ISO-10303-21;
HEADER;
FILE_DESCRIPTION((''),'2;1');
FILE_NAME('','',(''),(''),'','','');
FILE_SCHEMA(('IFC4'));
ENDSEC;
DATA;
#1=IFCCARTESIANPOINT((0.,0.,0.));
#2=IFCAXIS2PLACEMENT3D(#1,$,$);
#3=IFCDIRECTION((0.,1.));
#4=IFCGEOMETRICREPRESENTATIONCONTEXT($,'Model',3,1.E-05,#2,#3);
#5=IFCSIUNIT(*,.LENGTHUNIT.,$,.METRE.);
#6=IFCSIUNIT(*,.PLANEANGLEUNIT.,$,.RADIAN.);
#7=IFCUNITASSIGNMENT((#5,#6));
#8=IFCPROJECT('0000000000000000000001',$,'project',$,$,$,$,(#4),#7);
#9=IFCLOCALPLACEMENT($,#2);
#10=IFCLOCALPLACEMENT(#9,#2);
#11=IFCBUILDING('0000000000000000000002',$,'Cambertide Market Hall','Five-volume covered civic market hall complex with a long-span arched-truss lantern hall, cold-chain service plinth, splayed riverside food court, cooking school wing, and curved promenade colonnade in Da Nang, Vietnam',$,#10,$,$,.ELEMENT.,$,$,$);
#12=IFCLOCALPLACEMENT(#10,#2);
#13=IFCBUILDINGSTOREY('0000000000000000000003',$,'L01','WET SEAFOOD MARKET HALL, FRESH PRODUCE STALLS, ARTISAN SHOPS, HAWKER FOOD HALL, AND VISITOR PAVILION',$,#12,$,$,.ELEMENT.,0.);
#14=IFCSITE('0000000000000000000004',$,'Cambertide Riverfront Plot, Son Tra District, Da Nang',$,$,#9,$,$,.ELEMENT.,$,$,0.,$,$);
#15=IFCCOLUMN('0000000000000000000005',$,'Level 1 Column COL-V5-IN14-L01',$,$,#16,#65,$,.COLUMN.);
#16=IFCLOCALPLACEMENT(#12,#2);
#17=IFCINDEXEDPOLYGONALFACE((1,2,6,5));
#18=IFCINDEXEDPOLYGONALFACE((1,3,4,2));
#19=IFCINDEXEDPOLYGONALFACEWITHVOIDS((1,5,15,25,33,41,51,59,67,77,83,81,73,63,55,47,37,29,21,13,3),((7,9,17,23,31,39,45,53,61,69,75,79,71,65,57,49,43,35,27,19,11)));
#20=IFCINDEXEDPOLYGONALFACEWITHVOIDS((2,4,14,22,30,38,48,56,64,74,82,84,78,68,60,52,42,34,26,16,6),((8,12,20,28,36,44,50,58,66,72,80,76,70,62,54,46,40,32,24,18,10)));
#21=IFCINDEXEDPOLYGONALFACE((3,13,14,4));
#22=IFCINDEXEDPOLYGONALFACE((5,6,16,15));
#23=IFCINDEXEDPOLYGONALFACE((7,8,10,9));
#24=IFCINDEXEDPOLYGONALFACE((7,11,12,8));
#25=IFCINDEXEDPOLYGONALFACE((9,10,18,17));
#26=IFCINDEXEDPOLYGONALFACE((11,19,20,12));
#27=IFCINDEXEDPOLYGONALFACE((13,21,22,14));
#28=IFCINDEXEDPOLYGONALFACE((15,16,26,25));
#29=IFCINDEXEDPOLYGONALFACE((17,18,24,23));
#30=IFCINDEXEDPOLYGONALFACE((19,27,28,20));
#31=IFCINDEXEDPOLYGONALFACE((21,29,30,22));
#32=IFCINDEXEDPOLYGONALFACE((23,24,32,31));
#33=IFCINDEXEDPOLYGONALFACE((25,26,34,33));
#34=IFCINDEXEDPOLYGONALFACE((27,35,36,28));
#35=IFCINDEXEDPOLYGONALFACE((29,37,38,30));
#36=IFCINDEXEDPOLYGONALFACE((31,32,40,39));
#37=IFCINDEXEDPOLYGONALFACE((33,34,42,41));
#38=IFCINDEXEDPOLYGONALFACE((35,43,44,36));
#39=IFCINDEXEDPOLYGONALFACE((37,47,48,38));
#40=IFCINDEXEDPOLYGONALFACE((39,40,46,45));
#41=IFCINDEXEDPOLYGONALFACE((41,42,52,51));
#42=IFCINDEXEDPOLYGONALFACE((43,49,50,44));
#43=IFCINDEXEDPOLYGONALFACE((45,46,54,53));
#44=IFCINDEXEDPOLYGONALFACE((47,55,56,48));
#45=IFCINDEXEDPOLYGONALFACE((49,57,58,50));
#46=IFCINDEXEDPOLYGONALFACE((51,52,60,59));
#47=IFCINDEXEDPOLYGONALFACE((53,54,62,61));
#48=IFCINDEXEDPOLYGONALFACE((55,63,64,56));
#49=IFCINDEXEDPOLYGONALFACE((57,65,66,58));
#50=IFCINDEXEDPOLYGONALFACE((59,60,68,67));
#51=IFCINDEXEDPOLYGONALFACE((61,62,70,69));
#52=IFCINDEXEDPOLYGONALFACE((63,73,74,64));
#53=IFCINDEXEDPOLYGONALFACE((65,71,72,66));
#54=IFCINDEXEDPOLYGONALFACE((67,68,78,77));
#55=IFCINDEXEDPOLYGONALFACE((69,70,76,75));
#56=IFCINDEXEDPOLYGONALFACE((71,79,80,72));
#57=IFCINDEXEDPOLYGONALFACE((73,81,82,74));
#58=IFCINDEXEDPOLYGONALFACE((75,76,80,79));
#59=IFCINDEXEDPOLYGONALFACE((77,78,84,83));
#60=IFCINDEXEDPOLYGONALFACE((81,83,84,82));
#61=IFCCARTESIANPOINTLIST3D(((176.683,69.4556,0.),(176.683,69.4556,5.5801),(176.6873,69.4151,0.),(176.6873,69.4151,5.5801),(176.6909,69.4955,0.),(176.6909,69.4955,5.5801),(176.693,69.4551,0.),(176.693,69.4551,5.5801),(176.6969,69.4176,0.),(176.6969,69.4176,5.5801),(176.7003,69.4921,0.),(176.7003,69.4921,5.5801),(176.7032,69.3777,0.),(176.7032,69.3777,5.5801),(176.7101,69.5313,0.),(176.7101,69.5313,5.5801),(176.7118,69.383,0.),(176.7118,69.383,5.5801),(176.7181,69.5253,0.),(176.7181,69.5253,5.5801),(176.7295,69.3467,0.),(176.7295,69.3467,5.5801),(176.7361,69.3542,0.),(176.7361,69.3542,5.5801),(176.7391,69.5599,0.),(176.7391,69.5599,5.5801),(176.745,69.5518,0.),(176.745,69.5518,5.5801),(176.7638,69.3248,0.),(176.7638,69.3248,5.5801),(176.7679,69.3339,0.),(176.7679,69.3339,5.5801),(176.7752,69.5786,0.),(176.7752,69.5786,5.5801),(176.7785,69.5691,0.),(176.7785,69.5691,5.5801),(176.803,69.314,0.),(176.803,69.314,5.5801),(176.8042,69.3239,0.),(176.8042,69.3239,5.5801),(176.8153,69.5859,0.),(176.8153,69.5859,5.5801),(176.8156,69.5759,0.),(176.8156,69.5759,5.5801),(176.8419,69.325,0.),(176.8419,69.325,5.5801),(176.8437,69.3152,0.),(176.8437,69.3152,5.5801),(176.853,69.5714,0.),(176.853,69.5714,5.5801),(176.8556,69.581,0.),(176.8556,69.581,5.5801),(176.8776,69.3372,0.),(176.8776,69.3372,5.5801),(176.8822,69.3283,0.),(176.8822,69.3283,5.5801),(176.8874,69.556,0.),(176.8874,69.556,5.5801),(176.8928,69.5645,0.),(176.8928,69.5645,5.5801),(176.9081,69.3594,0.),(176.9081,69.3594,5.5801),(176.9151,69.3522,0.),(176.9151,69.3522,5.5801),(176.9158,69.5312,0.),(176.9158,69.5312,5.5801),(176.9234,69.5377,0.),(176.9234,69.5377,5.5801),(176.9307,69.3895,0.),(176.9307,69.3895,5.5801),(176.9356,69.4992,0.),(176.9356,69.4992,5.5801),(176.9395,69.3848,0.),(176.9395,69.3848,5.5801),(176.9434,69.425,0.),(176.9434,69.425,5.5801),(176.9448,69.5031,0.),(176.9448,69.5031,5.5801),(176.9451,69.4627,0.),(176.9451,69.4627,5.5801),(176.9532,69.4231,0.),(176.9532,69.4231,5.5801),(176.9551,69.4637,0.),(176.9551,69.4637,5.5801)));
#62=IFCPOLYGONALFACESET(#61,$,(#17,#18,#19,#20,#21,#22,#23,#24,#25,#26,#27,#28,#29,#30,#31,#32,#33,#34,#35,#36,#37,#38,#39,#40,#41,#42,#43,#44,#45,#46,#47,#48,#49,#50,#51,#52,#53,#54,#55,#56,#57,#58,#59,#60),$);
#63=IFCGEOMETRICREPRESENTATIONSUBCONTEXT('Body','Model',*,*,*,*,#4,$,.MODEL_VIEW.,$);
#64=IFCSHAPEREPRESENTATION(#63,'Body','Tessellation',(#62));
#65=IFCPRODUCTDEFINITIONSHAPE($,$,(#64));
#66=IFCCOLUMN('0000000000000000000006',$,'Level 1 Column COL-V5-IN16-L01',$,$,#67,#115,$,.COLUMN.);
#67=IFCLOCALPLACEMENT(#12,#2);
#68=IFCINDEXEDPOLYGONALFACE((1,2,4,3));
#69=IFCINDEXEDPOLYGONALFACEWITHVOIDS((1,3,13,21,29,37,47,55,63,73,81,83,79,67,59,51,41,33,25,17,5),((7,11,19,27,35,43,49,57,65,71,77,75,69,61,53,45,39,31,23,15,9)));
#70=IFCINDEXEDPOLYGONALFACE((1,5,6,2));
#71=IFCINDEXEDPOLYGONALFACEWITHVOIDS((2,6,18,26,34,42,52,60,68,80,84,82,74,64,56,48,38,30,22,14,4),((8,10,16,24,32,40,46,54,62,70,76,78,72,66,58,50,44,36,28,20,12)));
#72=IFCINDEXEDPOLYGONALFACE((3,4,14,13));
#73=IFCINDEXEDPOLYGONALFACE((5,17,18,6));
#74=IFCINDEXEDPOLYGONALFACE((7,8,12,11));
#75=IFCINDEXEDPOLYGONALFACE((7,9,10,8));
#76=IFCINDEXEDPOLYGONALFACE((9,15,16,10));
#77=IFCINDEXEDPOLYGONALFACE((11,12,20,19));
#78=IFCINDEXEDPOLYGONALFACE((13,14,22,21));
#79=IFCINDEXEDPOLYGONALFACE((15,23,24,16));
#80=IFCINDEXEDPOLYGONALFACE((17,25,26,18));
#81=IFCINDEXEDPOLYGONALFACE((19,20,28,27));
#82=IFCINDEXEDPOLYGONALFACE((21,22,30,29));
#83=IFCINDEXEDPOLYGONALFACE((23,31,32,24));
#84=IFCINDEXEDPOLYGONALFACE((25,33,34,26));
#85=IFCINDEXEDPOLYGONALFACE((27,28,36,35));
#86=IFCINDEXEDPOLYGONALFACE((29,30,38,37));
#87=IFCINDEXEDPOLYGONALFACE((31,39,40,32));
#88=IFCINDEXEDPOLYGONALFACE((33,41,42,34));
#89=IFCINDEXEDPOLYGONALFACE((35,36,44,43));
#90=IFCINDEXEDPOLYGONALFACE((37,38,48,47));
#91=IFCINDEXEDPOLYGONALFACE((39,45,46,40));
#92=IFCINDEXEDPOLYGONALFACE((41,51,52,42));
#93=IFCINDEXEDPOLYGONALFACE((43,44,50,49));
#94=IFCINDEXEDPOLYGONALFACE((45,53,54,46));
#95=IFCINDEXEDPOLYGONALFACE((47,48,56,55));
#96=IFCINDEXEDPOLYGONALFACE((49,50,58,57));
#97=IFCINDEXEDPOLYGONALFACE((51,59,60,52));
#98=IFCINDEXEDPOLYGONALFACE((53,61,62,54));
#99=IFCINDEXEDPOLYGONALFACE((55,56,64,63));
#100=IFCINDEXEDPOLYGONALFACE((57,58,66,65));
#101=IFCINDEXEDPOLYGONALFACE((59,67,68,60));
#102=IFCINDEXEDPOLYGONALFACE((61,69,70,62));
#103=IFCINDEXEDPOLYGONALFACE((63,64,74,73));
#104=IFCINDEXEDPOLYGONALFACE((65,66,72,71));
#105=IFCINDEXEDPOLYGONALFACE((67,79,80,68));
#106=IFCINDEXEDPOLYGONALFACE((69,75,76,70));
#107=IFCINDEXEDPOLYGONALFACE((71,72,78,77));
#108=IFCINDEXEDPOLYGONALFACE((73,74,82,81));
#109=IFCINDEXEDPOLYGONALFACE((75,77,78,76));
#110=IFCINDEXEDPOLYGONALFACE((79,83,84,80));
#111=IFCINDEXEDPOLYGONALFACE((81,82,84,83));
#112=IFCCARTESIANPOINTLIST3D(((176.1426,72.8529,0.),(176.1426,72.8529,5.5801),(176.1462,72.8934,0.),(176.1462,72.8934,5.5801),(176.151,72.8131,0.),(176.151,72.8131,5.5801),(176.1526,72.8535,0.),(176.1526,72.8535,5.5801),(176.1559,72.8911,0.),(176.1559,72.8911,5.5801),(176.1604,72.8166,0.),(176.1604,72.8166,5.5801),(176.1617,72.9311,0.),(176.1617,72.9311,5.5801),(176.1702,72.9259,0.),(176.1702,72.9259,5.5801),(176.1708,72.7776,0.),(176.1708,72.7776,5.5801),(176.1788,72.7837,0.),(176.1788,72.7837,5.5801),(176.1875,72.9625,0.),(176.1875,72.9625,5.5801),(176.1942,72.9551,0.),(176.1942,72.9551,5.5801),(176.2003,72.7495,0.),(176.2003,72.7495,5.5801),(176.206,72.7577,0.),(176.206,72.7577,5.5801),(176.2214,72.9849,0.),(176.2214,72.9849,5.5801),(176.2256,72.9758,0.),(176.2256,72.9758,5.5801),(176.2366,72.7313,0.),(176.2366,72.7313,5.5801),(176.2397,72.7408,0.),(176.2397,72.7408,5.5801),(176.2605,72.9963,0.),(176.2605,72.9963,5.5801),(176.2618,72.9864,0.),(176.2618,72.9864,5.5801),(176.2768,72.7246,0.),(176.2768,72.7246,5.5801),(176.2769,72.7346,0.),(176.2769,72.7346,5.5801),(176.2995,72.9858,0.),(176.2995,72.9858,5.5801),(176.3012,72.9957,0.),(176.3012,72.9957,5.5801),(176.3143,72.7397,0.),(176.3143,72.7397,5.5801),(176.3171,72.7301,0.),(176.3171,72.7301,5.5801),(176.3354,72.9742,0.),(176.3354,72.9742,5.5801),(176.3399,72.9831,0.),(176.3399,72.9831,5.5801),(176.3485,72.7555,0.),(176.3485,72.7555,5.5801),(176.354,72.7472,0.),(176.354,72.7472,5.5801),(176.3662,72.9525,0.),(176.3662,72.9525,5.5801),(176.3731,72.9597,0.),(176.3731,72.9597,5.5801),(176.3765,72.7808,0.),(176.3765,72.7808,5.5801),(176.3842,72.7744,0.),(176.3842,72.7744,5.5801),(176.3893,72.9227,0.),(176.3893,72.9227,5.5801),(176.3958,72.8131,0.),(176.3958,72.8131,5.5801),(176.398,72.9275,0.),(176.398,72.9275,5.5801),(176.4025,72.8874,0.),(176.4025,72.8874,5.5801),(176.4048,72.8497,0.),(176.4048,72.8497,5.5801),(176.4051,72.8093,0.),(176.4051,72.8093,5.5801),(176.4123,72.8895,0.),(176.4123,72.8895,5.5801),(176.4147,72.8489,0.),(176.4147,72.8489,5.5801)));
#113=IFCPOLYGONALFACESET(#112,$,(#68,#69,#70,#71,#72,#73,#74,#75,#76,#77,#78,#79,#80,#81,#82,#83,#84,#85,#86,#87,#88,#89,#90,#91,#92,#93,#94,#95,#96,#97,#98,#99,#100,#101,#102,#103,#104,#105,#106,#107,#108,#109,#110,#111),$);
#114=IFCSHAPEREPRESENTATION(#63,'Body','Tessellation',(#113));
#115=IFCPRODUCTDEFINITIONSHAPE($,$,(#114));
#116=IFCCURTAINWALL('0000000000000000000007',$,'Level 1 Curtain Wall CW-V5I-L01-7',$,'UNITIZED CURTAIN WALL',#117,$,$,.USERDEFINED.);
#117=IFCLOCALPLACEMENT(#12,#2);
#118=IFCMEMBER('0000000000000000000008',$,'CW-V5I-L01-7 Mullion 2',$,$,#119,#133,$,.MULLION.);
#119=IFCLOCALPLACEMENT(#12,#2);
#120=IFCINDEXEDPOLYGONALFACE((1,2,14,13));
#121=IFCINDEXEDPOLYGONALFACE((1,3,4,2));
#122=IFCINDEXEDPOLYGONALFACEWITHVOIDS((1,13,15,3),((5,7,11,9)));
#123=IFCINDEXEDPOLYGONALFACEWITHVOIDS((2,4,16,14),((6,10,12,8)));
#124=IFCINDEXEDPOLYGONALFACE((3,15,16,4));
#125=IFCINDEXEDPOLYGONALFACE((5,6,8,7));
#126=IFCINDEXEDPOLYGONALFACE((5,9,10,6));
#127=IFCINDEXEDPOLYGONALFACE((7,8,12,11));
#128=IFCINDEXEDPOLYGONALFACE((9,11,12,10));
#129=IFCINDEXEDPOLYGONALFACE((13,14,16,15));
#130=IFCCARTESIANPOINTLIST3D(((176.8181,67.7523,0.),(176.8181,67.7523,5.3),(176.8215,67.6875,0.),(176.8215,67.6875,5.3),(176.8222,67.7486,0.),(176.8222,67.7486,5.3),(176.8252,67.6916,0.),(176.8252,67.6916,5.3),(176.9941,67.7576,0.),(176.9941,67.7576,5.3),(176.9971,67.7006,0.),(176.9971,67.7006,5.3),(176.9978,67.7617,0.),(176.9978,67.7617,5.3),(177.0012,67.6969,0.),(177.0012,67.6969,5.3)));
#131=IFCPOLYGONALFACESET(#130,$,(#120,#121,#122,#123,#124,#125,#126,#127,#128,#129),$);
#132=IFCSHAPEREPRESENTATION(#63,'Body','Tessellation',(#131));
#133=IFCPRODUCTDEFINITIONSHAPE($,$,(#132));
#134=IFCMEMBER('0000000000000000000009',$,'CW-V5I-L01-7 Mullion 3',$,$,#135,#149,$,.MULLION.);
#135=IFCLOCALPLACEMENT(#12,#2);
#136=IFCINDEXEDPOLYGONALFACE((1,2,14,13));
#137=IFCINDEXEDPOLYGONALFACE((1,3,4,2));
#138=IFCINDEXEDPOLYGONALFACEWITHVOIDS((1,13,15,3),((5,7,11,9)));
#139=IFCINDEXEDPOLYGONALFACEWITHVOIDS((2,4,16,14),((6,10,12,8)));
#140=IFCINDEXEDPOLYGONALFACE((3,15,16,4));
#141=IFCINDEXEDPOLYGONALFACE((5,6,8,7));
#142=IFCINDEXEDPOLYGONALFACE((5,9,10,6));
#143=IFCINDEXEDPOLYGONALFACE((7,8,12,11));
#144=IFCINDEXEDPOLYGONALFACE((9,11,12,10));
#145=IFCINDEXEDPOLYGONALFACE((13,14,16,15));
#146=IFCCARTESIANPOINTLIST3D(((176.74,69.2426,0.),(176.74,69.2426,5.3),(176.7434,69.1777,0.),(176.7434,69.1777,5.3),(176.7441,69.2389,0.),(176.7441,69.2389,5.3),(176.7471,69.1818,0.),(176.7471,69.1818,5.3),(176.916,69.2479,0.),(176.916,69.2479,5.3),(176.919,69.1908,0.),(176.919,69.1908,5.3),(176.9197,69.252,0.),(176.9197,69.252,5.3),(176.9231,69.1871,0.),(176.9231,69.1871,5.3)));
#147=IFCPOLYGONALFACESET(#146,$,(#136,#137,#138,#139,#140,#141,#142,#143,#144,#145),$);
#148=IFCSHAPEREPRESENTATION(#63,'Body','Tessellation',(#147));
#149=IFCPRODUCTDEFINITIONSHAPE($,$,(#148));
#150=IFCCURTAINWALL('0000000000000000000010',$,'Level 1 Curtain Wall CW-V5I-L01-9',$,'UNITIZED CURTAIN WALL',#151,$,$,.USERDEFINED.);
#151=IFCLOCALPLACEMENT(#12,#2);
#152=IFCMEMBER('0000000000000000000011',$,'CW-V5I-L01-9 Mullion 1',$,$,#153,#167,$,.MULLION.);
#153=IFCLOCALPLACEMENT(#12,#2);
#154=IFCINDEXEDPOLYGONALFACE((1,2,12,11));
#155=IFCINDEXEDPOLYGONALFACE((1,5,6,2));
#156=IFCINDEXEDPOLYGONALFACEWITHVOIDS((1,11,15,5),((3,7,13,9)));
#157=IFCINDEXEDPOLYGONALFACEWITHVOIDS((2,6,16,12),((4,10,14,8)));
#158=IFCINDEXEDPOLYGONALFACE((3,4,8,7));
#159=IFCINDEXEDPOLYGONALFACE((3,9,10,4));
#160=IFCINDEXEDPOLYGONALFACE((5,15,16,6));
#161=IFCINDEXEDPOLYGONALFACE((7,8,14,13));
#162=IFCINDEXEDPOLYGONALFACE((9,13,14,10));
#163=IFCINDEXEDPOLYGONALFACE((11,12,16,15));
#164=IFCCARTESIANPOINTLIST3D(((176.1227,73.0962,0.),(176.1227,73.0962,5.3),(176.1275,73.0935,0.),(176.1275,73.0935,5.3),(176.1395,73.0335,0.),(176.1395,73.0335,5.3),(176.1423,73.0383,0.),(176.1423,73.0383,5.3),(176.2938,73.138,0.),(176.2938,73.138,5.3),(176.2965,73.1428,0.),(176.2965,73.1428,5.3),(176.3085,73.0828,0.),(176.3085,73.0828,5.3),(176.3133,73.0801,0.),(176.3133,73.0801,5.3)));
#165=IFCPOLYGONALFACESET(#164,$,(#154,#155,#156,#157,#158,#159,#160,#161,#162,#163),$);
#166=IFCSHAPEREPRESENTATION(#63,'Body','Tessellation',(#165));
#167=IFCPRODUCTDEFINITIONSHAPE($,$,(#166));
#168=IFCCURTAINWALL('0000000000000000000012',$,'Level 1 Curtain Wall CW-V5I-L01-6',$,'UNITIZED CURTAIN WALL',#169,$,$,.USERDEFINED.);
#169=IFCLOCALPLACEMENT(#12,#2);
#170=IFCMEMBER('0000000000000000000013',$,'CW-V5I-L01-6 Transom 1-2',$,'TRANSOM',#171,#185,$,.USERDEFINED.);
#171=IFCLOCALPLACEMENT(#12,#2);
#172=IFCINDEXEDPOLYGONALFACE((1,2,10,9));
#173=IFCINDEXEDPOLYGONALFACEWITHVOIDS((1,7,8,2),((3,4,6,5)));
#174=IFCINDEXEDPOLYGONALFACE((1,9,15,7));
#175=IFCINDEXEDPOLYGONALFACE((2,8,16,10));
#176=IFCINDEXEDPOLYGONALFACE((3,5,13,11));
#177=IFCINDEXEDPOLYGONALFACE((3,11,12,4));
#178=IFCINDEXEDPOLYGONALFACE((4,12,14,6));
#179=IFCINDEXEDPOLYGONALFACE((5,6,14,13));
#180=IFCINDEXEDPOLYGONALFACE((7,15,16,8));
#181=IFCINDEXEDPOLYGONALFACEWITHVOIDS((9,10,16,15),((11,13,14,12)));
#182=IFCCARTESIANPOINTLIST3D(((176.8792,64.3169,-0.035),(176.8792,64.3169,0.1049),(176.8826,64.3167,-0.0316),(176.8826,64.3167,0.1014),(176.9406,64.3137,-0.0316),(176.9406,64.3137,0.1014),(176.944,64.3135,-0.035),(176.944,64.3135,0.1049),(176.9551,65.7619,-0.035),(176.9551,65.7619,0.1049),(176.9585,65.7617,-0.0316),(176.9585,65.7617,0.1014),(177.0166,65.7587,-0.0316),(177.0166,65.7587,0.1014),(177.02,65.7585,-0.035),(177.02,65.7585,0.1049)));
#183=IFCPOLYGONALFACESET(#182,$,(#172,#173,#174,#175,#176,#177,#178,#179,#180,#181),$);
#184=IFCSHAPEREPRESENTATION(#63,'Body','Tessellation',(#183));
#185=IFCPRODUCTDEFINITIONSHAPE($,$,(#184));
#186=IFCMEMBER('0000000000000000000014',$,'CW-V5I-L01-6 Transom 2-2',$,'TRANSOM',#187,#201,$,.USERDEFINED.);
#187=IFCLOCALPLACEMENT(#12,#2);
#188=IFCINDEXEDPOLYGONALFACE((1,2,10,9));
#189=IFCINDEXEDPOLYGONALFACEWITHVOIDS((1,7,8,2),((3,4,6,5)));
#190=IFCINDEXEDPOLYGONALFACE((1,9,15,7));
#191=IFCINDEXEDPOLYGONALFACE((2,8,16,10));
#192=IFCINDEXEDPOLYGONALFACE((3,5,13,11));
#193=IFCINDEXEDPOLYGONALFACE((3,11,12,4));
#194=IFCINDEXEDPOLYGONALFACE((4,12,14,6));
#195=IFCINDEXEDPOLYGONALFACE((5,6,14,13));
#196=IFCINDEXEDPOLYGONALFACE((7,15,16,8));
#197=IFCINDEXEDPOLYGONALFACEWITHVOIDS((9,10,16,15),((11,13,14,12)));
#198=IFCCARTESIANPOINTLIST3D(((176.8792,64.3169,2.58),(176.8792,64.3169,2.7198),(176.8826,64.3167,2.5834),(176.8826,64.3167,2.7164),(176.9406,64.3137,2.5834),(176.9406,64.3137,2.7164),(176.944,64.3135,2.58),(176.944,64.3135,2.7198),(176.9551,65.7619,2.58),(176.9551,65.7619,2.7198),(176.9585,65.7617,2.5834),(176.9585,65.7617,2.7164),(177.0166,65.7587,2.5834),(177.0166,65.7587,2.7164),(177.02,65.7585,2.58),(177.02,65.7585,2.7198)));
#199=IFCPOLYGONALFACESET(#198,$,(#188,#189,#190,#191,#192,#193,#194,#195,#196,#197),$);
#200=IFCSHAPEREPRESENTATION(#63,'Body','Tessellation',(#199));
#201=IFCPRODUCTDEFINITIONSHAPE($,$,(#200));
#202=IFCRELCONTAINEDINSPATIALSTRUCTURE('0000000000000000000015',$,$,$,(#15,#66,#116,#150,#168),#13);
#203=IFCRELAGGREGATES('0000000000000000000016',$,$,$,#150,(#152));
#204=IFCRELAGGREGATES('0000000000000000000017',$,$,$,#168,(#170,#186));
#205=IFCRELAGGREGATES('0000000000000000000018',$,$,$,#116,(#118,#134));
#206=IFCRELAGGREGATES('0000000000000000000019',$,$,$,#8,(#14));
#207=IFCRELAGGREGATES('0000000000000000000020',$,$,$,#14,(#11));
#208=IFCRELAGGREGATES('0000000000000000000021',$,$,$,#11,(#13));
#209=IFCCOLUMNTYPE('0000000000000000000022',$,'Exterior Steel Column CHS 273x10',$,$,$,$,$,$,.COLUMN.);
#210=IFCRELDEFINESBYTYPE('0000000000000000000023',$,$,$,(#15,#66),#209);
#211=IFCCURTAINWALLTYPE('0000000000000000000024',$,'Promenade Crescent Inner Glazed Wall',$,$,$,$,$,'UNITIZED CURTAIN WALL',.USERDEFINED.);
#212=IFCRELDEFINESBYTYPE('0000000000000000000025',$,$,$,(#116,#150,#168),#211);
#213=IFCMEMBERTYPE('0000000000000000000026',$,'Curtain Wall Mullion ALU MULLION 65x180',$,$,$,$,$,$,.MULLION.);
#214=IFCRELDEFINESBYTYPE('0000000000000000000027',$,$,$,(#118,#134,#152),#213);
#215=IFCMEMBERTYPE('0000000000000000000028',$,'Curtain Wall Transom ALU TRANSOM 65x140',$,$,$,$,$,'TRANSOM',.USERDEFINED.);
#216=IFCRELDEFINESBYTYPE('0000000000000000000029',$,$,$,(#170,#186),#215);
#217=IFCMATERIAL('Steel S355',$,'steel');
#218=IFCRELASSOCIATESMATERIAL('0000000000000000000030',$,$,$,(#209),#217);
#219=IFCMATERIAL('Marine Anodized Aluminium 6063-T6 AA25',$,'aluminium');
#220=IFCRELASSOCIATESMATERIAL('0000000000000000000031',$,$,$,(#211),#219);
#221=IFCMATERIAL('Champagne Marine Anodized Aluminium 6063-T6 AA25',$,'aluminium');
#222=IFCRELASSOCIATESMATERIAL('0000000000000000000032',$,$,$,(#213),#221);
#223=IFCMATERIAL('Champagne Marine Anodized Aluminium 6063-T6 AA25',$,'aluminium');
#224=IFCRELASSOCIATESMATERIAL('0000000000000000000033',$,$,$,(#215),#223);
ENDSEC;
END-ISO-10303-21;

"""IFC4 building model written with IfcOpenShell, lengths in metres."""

from ifc_helpers import new_model, si_unit, direction, frame, origin, origin_2d, place, context, subcontext, project, spatial, hollow_rectangle, hollow_circle, extrude, material, material_profile, profile_set, type_object, element, aggregate, save


model = new_model("IFC4")

# Units and contexts
model_context = context("Model", 3, precision=1e-05, world=origin(), true_north=direction((0.0, 1.0)))
body_context = subcontext(model_context, "Body", "Model", "MODEL_VIEW")
ifc_project = project(units=[si_unit("LENGTHUNIT", "METRE"), si_unit("PLANEANGLEUNIT", "RADIAN")], contexts=[model_context])

# Site, building, storey
site_placement = place(None, origin())
site = spatial("IfcSite", under=ifc_project, at=site_placement, Name="Cambertide Riverfront Plot, Son Tra District, Da Nang", CompositionType="ELEMENT", RefElevation=0.0)
building_placement = place(site_placement, origin())
building = spatial("IfcBuilding", under=site, at=building_placement, Name="Cambertide Market Hall", Description="Five-volume covered civic market hall complex with a long-span arched-truss lantern hall, cold-chain service plinth, splayed riverside food court, cooking school wing, and curved promenade colonnade in Da Nang, Vietnam", CompositionType="ELEMENT")
storey_placement = place(building_placement, origin())
storey = spatial("IfcBuildingStorey", under=building, at=storey_placement, Name="L01", Description="WET SEAFOOD MARKET HALL, FRESH PRODUCE STALLS, ARTISAN SHOPS, HAWKER FOOD HALL, AND VISITOR PAVILION", CompositionType="ELEMENT", Elevation=0.0)

# Columns
ifc_material_1 = material(Name="Steel S355", Category="steel")
ifc_material_profile_1 = material_profile(ifc_material_1, hollow_circle(Radius=0.1365, WallThickness=0.01, at=origin_2d()), Name="CHS 273x10")
ifc_profile_set_1 = profile_set([ifc_material_profile_1], Name="Steel S355")
column_type = type_object("IfcColumnType", Name="Exterior Steel Column CHS 273x10", PredefinedType="COLUMN", material=ifc_profile_set_1)
for number, where, z_axis, x_axis, name in (
    (1, (176.8193, 69.4495, 0.0), (0.0, 0.0, 1.0), (0.994522, 0.104528, 0.0), "Level 1 Column COL-V5-IN14-L01"),
    (2, (176.2788, 72.8611, 0.0), (0.0, 0.0, 1.0), (0.978148, 0.207912, 0.0), "Level 1 Column COL-V5-IN16-L01"),
):
    element("IfcColumn", number, at=place(storey_placement, frame(where, z_axis=z_axis, x_axis=x_axis)), inside=storey, type_object=column_type, Name=name, PredefinedType="COLUMN", context=body_context, shape_type="SweptSolid", body=[
        extrude(hollow_circle(Radius=0.1365, WallThickness=0.01, at=origin_2d()), origin(), (0.0, 0.0, 1.0), 5.5801),
    ])

# Curtain wall, members
ifc_material_2 = material(Name="Marine Anodized Aluminium 6063-T6 AA25", Category="aluminium")
curtain_wall_type = type_object("IfcCurtainWallType", Name="Promenade Crescent Inner Glazed Wall", ElementType="UNITIZED CURTAIN WALL", PredefinedType="USERDEFINED", material=ifc_material_2)
curtain_wall_1_placement = place(storey_placement, origin())
curtain_wall_1 = element("IfcCurtainWall", 3, at=curtain_wall_1_placement, inside=storey, type_object=curtain_wall_type, Name="Level 1 Curtain Wall CW-V5I-L01-7", ObjectType="UNITIZED CURTAIN WALL", PredefinedType="USERDEFINED")
ifc_material_3 = material(Name="Champagne Marine Anodized Aluminium 6063-T6 AA25", Category="aluminium")
ifc_material_profile_2 = material_profile(ifc_material_3, hollow_rectangle(XDim=0.0649, YDim=0.1799, WallThickness=0.0039, at=origin_2d()), Name="ALU MULLION 65x180")
ifc_profile_set_2 = profile_set([ifc_material_profile_2], Name="Champagne Marine Anodized Aluminium 6063-T6 AA25")
member_type_1 = type_object("IfcMemberType", Name="Curtain Wall Mullion ALU MULLION 65x180", PredefinedType="MULLION", material=ifc_profile_set_2)
member_1_placement = place(storey_placement, frame((176.9097, 67.7246, 0.0), z_axis=(0.0, 0.0, 1.0), x_axis=(-0.052336, 0.99863, 0.0)))
member_1 = element("IfcMember", 4, at=member_1_placement, type_object=member_type_1, Name="CW-V5I-L01-7 Mullion 2", PredefinedType="MULLION", context=body_context, shape_type="SweptSolid", body=[
    extrude(hollow_rectangle(XDim=0.0649, YDim=0.1799, WallThickness=0.0039, at=origin_2d()), origin(), (0.0, 0.0, 1.0), 5.3),
])
member_2_placement = place(storey_placement, frame((176.8315, 69.2148, 0.0), z_axis=(0.0, 0.0, 1.0), x_axis=(-0.052336, 0.99863, 0.0)))
member_2 = element("IfcMember", 5, at=member_2_placement, type_object=member_type_1, Name="CW-V5I-L01-7 Mullion 3", PredefinedType="MULLION", context=body_context, shape_type="SweptSolid", body=[
    extrude(hollow_rectangle(XDim=0.0649, YDim=0.1799, WallThickness=0.0039, at=origin_2d()), origin(), (0.0, 0.0, 1.0), 5.3),
])

# Curtain wall, member
curtain_wall_2_placement = place(storey_placement, origin())
curtain_wall_2 = element("IfcCurtainWall", 6, at=curtain_wall_2_placement, inside=storey, type_object=curtain_wall_type, Name="Level 1 Curtain Wall CW-V5I-L01-9", ObjectType="UNITIZED CURTAIN WALL", PredefinedType="USERDEFINED")
member_3_placement = place(storey_placement, frame((176.218, 73.0881, 0.0), z_axis=(0.0, 0.0, 1.0), x_axis=(-0.258819, 0.965926, 0.0)))
member_3 = element("IfcMember", 7, at=member_3_placement, type_object=member_type_1, Name="CW-V5I-L01-9 Mullion 1", PredefinedType="MULLION", context=body_context, shape_type="SweptSolid", body=[
    extrude(hollow_rectangle(XDim=0.0649, YDim=0.1799, WallThickness=0.0039, at=origin_2d()), origin(), (0.0, 0.0, 1.0), 5.3),
])

# Curtain wall, members
curtain_wall_3_placement = place(storey_placement, origin())
curtain_wall_3 = element("IfcCurtainWall", 8, at=curtain_wall_3_placement, inside=storey, type_object=curtain_wall_type, Name="Level 1 Curtain Wall CW-V5I-L01-6", ObjectType="UNITIZED CURTAIN WALL", PredefinedType="USERDEFINED")
ifc_material_4 = material(Name="Champagne Marine Anodized Aluminium 6063-T6 AA25", Category="aluminium")
ifc_material_profile_3 = material_profile(ifc_material_4, hollow_rectangle(XDim=0.0649, YDim=0.1399, WallThickness=0.0034, at=origin_2d()), Name="ALU TRANSOM 65x140")
ifc_profile_set_3 = profile_set([ifc_material_profile_3], Name="Champagne Marine Anodized Aluminium 6063-T6 AA25")
member_type_2 = type_object("IfcMemberType", Name="Curtain Wall Transom ALU TRANSOM 65x140", ElementType="TRANSOM", PredefinedType="USERDEFINED", material=ifc_profile_set_3)
member_4_placement = place(storey_placement, frame((176.9116, 64.3152, 0.0349), z_axis=(0.05247, 0.998622, 0.0), x_axis=(-0.998622, 0.05247, 0.0)))
member_4 = element("IfcMember", 9, at=member_4_placement, type_object=member_type_2, Name="CW-V5I-L01-6 Transom 1-2", ObjectType="TRANSOM", PredefinedType="USERDEFINED", context=body_context, shape_type="SweptSolid", body=[
    extrude(hollow_rectangle(XDim=0.0649, YDim=0.1399, WallThickness=0.0034, at=origin_2d()), origin(), (0.0, 0.0, 1.0), 1.447),
])
member_5_placement = place(storey_placement, frame((176.9116, 64.3152, 2.6499), z_axis=(0.05247, 0.998622, 0.0), x_axis=(-0.998622, 0.05247, 0.0)))
member_5 = element("IfcMember", 10, at=member_5_placement, type_object=member_type_2, Name="CW-V5I-L01-6 Transom 2-2", ObjectType="TRANSOM", PredefinedType="USERDEFINED", context=body_context, shape_type="SweptSolid", body=[
    extrude(hollow_rectangle(XDim=0.0649, YDim=0.1399, WallThickness=0.0034, at=origin_2d()), origin(), (0.0, 0.0, 1.0), 1.447),
])

aggregate(curtain_wall_2, [member_3])

aggregate(curtain_wall_3, [member_4, member_5])
aggregate(curtain_wall_1, [member_1, member_2])

save(model, "model.ifc")
